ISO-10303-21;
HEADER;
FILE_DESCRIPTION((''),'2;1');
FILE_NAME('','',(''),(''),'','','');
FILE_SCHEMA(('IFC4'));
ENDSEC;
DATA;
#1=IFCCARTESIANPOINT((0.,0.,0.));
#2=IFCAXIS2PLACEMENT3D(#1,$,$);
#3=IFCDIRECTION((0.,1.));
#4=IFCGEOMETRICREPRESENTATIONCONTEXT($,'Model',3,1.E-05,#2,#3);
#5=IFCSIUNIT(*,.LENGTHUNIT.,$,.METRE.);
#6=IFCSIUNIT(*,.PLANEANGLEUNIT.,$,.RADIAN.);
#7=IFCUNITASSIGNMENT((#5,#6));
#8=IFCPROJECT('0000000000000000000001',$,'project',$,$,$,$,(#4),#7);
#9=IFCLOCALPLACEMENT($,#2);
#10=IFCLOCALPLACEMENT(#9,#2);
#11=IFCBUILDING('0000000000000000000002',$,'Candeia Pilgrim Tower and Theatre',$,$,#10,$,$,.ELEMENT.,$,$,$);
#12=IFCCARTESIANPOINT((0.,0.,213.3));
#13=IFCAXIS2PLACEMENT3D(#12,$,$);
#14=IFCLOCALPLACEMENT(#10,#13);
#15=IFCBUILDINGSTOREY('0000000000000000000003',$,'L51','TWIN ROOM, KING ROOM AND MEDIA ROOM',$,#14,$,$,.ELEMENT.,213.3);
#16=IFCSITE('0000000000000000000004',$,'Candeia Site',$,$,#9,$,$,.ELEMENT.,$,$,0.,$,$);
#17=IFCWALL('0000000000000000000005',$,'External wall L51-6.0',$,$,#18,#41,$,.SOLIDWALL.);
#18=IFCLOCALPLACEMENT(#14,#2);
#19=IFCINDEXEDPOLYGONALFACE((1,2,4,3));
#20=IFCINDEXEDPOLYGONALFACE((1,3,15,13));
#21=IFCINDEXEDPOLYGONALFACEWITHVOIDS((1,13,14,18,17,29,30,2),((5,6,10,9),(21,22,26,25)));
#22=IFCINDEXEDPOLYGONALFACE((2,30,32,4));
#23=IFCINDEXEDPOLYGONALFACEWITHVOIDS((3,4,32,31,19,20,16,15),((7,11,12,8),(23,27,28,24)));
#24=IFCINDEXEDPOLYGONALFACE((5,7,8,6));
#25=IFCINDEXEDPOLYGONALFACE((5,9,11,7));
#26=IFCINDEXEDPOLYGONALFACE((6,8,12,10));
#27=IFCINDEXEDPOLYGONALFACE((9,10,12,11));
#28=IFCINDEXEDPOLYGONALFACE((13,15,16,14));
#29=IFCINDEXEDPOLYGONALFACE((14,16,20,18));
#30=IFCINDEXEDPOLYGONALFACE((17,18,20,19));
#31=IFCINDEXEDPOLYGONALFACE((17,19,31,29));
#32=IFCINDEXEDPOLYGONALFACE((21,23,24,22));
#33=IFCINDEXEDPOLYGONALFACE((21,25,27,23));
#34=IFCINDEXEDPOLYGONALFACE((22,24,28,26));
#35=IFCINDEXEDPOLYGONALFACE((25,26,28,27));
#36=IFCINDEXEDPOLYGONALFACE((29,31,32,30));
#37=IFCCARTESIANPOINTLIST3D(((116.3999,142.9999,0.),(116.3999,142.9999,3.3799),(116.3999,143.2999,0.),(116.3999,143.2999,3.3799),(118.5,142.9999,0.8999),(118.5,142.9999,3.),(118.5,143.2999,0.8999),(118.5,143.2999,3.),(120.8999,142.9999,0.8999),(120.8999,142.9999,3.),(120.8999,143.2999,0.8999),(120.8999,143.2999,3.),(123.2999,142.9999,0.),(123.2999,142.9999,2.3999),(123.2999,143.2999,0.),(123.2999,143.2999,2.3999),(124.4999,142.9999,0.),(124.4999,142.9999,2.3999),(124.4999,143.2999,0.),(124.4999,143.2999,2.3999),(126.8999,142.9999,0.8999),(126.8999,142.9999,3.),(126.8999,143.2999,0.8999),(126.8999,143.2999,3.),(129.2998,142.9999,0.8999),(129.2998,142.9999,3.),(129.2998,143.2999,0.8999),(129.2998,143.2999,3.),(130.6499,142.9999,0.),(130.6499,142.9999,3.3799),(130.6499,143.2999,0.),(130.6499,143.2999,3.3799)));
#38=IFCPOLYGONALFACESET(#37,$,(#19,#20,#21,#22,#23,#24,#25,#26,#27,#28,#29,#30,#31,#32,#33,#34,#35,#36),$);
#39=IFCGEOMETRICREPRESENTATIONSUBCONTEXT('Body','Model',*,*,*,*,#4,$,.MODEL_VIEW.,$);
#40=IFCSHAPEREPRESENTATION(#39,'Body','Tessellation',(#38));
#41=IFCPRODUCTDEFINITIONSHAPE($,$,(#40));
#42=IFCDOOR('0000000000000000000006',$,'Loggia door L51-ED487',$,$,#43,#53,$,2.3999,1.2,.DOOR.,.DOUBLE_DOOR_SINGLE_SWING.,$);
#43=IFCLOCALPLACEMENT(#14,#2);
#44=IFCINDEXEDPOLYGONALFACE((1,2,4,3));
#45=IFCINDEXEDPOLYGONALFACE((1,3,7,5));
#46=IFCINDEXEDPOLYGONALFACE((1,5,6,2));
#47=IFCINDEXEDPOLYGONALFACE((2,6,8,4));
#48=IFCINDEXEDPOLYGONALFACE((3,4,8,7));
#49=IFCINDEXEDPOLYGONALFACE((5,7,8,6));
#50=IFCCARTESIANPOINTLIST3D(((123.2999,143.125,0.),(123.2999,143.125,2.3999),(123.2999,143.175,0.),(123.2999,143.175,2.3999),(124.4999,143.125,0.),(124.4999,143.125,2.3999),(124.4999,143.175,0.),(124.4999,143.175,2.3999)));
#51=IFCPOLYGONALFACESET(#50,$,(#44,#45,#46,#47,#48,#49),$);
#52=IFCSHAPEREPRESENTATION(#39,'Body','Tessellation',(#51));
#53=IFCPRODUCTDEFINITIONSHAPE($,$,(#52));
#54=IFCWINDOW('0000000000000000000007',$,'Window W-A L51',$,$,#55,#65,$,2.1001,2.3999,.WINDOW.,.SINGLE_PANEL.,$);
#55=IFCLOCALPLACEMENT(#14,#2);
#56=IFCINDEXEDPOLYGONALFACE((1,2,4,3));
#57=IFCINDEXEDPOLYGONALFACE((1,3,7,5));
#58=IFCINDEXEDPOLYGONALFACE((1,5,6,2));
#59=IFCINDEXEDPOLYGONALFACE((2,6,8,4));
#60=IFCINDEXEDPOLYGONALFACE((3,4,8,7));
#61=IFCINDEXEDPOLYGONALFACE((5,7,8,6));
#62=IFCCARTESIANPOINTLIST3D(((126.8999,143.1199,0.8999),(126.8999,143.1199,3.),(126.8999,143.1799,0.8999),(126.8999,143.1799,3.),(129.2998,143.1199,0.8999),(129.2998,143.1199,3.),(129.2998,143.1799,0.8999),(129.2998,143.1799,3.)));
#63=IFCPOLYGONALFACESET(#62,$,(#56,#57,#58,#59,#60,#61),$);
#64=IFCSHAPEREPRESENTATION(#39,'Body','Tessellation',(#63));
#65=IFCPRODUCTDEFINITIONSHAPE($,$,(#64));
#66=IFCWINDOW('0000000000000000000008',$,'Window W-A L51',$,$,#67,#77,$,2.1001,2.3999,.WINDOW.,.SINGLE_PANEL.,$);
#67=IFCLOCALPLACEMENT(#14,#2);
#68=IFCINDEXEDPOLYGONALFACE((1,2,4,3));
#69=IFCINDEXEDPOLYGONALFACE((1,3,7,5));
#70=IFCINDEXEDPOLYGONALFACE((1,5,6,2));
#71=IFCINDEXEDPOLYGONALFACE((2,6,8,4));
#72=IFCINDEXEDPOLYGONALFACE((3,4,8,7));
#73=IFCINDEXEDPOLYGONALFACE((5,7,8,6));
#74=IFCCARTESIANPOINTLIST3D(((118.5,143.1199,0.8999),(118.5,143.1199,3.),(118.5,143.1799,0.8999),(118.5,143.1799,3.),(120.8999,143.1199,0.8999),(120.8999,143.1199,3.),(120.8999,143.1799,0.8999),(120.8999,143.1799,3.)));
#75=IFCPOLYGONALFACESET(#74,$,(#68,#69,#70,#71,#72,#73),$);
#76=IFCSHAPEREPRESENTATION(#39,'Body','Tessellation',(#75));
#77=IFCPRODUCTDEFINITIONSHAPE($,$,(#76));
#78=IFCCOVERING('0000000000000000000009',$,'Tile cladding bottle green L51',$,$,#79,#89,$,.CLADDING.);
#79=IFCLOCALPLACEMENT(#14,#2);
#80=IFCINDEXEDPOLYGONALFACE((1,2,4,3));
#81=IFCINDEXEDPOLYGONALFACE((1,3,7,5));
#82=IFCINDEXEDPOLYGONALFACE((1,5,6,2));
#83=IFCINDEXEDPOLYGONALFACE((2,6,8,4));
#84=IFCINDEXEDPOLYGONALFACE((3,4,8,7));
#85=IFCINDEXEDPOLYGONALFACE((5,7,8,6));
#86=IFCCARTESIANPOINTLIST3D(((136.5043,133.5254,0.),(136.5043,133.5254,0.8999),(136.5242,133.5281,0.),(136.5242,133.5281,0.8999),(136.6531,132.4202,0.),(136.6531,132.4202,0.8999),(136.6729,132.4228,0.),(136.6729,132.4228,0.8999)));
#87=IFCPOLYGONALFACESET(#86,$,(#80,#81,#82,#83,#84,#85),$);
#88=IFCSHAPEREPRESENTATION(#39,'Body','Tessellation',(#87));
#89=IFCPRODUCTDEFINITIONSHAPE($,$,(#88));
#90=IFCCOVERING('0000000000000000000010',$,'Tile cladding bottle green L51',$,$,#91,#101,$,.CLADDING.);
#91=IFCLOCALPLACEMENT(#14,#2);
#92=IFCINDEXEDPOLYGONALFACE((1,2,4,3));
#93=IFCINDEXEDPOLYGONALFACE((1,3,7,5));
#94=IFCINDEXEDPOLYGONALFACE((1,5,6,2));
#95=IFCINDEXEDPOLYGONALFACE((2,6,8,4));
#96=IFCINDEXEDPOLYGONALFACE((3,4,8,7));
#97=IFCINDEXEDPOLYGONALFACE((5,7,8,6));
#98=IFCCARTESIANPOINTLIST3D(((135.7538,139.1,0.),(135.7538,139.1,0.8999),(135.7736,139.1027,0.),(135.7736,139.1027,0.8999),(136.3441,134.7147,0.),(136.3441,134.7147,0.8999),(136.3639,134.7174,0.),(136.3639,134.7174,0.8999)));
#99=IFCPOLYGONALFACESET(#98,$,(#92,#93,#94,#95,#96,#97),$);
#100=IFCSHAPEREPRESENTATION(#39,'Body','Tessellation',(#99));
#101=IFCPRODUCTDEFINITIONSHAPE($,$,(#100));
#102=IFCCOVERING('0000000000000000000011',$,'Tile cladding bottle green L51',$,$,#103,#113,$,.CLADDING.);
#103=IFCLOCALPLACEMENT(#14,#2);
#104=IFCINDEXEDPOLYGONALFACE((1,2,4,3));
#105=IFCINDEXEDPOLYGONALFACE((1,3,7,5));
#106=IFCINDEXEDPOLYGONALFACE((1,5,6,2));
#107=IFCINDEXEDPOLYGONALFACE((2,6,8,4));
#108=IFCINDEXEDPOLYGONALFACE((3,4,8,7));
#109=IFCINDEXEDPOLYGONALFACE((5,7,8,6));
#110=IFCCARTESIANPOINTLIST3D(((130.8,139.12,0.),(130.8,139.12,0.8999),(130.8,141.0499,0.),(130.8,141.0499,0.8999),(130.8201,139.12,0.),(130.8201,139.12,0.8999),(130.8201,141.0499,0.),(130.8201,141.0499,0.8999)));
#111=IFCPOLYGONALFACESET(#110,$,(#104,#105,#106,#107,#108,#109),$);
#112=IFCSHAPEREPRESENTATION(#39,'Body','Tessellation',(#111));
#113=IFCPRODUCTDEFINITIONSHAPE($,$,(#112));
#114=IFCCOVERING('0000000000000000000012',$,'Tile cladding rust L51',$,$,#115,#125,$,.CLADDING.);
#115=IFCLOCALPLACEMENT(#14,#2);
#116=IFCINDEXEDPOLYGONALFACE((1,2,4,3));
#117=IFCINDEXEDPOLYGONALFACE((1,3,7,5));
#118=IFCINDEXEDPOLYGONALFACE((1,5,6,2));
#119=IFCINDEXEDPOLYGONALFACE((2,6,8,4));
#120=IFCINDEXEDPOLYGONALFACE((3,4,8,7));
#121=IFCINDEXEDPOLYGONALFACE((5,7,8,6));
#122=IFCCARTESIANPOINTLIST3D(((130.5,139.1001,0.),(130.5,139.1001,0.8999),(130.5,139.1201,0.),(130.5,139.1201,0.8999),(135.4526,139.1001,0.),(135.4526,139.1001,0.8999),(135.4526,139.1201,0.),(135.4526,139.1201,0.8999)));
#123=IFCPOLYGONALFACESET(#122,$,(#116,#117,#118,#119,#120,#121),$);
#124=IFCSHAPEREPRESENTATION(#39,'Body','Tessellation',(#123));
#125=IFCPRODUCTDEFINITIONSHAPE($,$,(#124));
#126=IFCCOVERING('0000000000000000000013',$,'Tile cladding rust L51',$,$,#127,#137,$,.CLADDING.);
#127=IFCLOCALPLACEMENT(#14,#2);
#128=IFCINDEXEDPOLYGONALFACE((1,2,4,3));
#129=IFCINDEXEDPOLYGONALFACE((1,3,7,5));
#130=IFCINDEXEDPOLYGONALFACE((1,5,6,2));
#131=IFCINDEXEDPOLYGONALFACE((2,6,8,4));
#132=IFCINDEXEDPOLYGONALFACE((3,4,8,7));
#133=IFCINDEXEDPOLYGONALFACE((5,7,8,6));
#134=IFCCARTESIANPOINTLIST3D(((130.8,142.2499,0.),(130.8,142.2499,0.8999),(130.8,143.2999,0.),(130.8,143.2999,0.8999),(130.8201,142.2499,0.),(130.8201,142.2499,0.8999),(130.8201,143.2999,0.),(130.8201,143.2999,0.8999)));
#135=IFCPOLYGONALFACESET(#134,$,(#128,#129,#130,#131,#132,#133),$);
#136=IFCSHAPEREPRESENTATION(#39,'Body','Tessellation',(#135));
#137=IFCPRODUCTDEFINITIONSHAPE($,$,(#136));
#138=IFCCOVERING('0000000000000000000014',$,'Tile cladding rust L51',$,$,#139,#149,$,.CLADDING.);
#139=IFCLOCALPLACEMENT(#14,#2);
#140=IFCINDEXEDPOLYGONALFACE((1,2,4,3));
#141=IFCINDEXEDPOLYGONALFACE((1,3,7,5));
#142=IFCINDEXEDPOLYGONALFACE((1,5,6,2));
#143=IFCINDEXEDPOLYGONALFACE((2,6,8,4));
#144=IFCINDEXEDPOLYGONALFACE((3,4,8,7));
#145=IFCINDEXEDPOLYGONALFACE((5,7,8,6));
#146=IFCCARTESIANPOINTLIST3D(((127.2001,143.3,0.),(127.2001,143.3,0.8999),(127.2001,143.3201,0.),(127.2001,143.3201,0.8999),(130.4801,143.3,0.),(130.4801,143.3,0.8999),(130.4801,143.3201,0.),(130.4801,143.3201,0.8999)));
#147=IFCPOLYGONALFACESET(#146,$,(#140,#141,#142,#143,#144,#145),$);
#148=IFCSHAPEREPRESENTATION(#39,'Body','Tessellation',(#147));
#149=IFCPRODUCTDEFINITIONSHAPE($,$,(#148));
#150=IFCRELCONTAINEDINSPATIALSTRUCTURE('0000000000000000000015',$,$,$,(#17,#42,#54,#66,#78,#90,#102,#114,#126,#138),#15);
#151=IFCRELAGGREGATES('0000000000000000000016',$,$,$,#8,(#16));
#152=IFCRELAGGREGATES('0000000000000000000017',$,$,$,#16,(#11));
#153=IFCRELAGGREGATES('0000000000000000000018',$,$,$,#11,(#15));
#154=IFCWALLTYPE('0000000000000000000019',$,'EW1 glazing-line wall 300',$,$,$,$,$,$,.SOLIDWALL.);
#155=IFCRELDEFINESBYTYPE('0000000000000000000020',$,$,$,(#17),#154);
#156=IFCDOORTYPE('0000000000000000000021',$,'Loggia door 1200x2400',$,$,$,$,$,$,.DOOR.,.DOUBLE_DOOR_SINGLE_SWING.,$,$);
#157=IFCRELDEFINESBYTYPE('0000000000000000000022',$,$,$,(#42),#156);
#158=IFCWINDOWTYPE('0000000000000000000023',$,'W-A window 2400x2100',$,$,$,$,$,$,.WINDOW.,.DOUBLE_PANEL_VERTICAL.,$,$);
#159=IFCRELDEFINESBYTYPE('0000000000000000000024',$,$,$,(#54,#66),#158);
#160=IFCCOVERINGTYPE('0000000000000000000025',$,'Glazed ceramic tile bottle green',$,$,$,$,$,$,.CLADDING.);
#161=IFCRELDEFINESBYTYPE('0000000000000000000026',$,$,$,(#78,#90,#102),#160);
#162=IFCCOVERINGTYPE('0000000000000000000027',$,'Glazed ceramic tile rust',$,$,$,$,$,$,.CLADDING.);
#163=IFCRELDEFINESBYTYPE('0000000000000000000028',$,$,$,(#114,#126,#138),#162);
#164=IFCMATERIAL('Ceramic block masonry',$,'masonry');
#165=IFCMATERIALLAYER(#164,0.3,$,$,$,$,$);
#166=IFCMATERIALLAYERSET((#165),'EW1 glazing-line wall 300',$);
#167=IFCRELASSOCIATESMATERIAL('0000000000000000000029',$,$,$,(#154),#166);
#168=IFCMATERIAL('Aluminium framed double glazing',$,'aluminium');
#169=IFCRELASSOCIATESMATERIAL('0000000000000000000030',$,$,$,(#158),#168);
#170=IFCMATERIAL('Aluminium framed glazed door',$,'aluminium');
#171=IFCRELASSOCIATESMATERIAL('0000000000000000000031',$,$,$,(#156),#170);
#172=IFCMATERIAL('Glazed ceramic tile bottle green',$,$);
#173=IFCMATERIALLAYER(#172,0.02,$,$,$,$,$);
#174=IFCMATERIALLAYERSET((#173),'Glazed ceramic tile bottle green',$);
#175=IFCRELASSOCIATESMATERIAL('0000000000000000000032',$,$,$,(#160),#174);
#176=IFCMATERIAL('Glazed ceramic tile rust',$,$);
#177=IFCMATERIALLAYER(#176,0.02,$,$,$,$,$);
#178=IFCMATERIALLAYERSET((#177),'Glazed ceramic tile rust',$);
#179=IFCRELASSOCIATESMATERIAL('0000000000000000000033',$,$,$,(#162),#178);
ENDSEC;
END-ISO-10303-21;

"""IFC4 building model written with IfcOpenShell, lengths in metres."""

from ifc_helpers import new_model, si_unit, direction, frame, frame_2d, origin, origin_2d, place, context, subcontext, project, spatial, rectangle, extrude, material, layer, layer_set, type_object, element, fill, save


model = new_model("IFC4")

# Units and contexts
model_context = context("Model", 3, precision=1e-05, world=origin(), true_north=direction((0.0, 1.0)))
body_context = subcontext(model_context, "Body", "Model", "MODEL_VIEW")
ifc_project = project(units=[si_unit("LENGTHUNIT", "METRE"), si_unit("PLANEANGLEUNIT", "RADIAN")], contexts=[model_context])

# Site, building, storey
site_placement = place(None, origin())
site = spatial("IfcSite", under=ifc_project, at=site_placement, Name="Candeia Site", CompositionType="ELEMENT", RefElevation=0.0)
building_placement = place(site_placement, origin())
building = spatial("IfcBuilding", under=site, at=building_placement, Name="Candeia Pilgrim Tower and Theatre", CompositionType="ELEMENT")
storey_placement = place(building_placement, frame((0.0, 0.0, 213.3)))
storey = spatial("IfcBuildingStorey", under=building, at=storey_placement, Name="L51", Description="TWIN ROOM, KING ROOM AND MEDIA ROOM", CompositionType="ELEMENT", Elevation=213.3)

# Shared definitions
ifc_material_1 = material(Name="Ceramic block masonry", Category="masonry")
ifc_layer_1 = layer(ifc_material_1, 0.3)
ifc_layer_set_1 = layer_set([ifc_layer_1], Name="EW1 glazing-line wall 300")
wall_type = type_object("IfcWallType", Name="EW1 glazing-line wall 300", PredefinedType="SOLIDWALL", material=ifc_layer_set_1)
ifc_material_2 = material(Name="Aluminium framed double glazing", Category="aluminium")
window_type = type_object("IfcWindowType", Name="W-A window 2400x2100", PartitioningType="DOUBLE_PANEL_VERTICAL", PredefinedType="WINDOW", material=ifc_material_2)

# Shared definitions
ifc_material_3 = material(Name="Aluminium framed glazed door", Category="aluminium")
door_type = type_object("IfcDoorType", Name="Loggia door 1200x2400", OperationType="DOUBLE_DOOR_SINGLE_SWING", PredefinedType="DOOR", material=ifc_material_3)

# Wall, openings, door, windows
wall_1_placement = place(storey_placement, frame((130.6499, 143.1499, 0.0), z_axis=(0.0, 0.0, 1.0), x_axis=(-1.0, 0.0, 0.0)))
wall_1 = element("IfcWall", 1, at=wall_1_placement, inside=storey, type_object=wall_type, Name="External wall L51-6.0", PredefinedType="SOLIDWALL", context=body_context, shape_type="SweptSolid", body=[
    extrude(rectangle(XDim=14.25, YDim=0.3, at=frame_2d((7.125, 0.0))), origin(), (0.0, 0.0, 1.0), 3.3799),
])
opening_1_placement = place(wall_1_placement, frame((1.3501, 0.0, 0.8999)))
opening_1 = element("IfcOpeningElement", 2, at=opening_1_placement, cuts=wall_1, PredefinedType="OPENING", context=body_context, shape_type="SweptSolid", body=[
    extrude(rectangle(XDim=2.3999, YDim=2.1001, at=frame_2d((1.2, 1.05))), frame((0.0, 0.1602, 0.0), z_axis=(0.0, -1.0, 0.0), x_axis=(1.0, 0.0, 0.0)), (0.0, 0.0, 1.0), 0.3201),
])
opening_2_placement = place(wall_1_placement, frame((6.1499, 0.0, 0.0)))
opening_2 = element("IfcOpeningElement", 3, at=opening_2_placement, cuts=wall_1, PredefinedType="OPENING", context=body_context, shape_type="SweptSolid", body=[
    extrude(rectangle(XDim=1.2, YDim=2.3999, at=frame_2d((0.6001, 1.2))), frame((0.0, 0.1602, 0.0), z_axis=(0.0, -1.0, 0.0), x_axis=(1.0, 0.0, 0.0)), (0.0, 0.0, 1.0), 0.3201),
])
opening_3_placement = place(wall_1_placement, frame((9.75, 0.0, 0.8999)))
opening_3 = element("IfcOpeningElement", 4, at=opening_3_placement, cuts=wall_1, PredefinedType="OPENING", context=body_context, shape_type="SweptSolid", body=[
    extrude(rectangle(XDim=2.3999, YDim=2.1001, at=frame_2d((1.2, 1.05))), frame((0.0, 0.1602, 0.0), z_axis=(0.0, -1.0, 0.0), x_axis=(1.0, 0.0, 0.0)), (0.0, 0.0, 1.0), 0.3201),
])
door_1_placement = place(opening_2_placement, origin())
door_1 = element("IfcDoor", 5, at=door_1_placement, inside=storey, type_object=door_type, Name="Loggia door L51-ED487", OperationType="DOUBLE_DOOR_SINGLE_SWING", OverallHeight=2.3999, OverallWidth=1.2, PredefinedType="DOOR", context=body_context, shape_type="SweptSolid", body=[
    extrude(rectangle(XDim=1.2, YDim=2.3999, at=frame_2d((0.6001, 1.2))), frame((0.0, 0.0249, 0.0), z_axis=(0.0, -1.0, 0.0), x_axis=(1.0, 0.0, 0.0)), (0.0, 0.0, 1.0), 0.05),
])
fill(opening_2, door_1)
window_1_placement = place(opening_1_placement, origin())
window_1 = element("IfcWindow", 6, at=window_1_placement, inside=storey, type_object=window_type, Name="Window W-A L51", OverallHeight=2.1001, OverallWidth=2.3999, PartitioningType="SINGLE_PANEL", PredefinedType="WINDOW", context=body_context, shape_type="SweptSolid", body=[
    extrude(rectangle(XDim=2.3999, YDim=2.1001, at=frame_2d((1.2, 1.05))), frame((0.0, 0.03, 0.0), z_axis=(0.0, -1.0, 0.0), x_axis=(1.0, 0.0, 0.0)), (0.0, 0.0, 1.0), 0.0601),
])
fill(opening_1, window_1)
window_2_placement = place(opening_3_placement, origin())
window_2 = element("IfcWindow", 7, at=window_2_placement, inside=storey, type_object=window_type, Name="Window W-A L51", OverallHeight=2.1001, OverallWidth=2.3999, PartitioningType="SINGLE_PANEL", PredefinedType="WINDOW", context=body_context, shape_type="SweptSolid", body=[
    extrude(rectangle(XDim=2.3999, YDim=2.1001, at=frame_2d((1.2, 1.05))), frame((0.0, 0.03, 0.0), z_axis=(0.0, -1.0, 0.0), x_axis=(1.0, 0.0, 0.0)), (0.0, 0.0, 1.0), 0.0601),
])
fill(opening_3, window_2)

# Coverings
ifc_material_4 = material(Name="Glazed ceramic tile bottle green")
ifc_layer_2 = layer(ifc_material_4, 0.02)
ifc_layer_set_2 = layer_set([ifc_layer_2], Name="Glazed ceramic tile bottle green")
covering_type_1 = type_object("IfcCoveringType", Name="Glazed ceramic tile bottle green", PredefinedType="CLADDING", material=ifc_layer_set_2)
covering_1_placement = place(storey_placement, frame((136.5886, 132.9741, 0.0), z_axis=(0.0, 0.0, 1.0), x_axis=(-0.133412, 0.991061, 0.0)))
element("IfcCovering", 8, at=covering_1_placement, inside=storey, type_object=covering_type_1, Name="Tile cladding bottle green L51", PredefinedType="CLADDING", context=body_context, shape_type="SweptSolid", body=[
    extrude(rectangle(XDim=1.1152, YDim=0.02, at=origin_2d()), origin(), (0.0, 0.0, 1.0), 0.8999),
])
covering_2_placement = place(storey_placement, frame((136.0588, 136.9087, 0.0), z_axis=(0.0, 0.0, 1.0), x_axis=(-0.133412, 0.991061, 0.0)))
element("IfcCovering", 9, at=covering_2_placement, inside=storey, type_object=covering_type_1, Name="Tile cladding bottle green L51", PredefinedType="CLADDING", context=body_context, shape_type="SweptSolid", body=[
    extrude(rectangle(XDim=4.4248, YDim=0.02, at=origin_2d()), origin(), (0.0, 0.0, 1.0), 0.8999),
])
covering_3_placement = place(storey_placement, frame((130.8101, 140.085, 0.0), z_axis=(0.0, 0.0, 1.0), x_axis=(0.0, 1.0, 0.0)))
element("IfcCovering", 10, at=covering_3_placement, inside=storey, type_object=covering_type_1, Name="Tile cladding bottle green L51", PredefinedType="CLADDING", context=body_context, shape_type="SweptSolid", body=[
    extrude(rectangle(XDim=1.9299, YDim=0.02, at=origin_2d()), origin(), (0.0, 0.0, 1.0), 0.8999),
])
ifc_material_5 = material(Name="Glazed ceramic tile rust")
ifc_layer_3 = layer(ifc_material_5, 0.02)
ifc_layer_set_3 = layer_set([ifc_layer_3], Name="Glazed ceramic tile rust")
covering_type_2 = type_object("IfcCoveringType", Name="Glazed ceramic tile rust", PredefinedType="CLADDING", material=ifc_layer_set_3)
covering_4_placement = place(storey_placement, frame((132.9763, 139.1101, 0.0), z_axis=(0.0, 0.0, 1.0), x_axis=(-1.0, 0.0, 0.0)))
element("IfcCovering", 11, at=covering_4_placement, inside=storey, type_object=covering_type_2, Name="Tile cladding rust L51", PredefinedType="CLADDING", context=body_context, shape_type="SweptSolid", body=[
    extrude(rectangle(XDim=4.9526, YDim=0.02, at=origin_2d()), origin(), (0.0, 0.0, 1.0), 0.8999),
])
covering_5_placement = place(storey_placement, frame((130.8101, 142.7749, 0.0), z_axis=(0.0, 0.0, 1.0), x_axis=(0.0, 1.0, 0.0)))
element("IfcCovering", 12, at=covering_5_placement, inside=storey, type_object=covering_type_2, Name="Tile cladding rust L51", PredefinedType="CLADDING", context=body_context, shape_type="SweptSolid", body=[
    extrude(rectangle(XDim=1.05, YDim=0.02, at=origin_2d()), origin(), (0.0, 0.0, 1.0), 0.8999),
])
covering_6_placement = place(storey_placement, frame((128.8401, 143.3101, 0.0), z_axis=(0.0, 0.0, 1.0), x_axis=(-1.0, 0.0, 0.0)))
element("IfcCovering", 13, at=covering_6_placement, inside=storey, type_object=covering_type_2, Name="Tile cladding rust L51", PredefinedType="CLADDING", context=body_context, shape_type="SweptSolid", body=[
    extrude(rectangle(XDim=3.28, YDim=0.02, at=origin_2d()), origin(), (0.0, 0.0, 1.0), 0.8999),
])

save(model, "model.ifc")
